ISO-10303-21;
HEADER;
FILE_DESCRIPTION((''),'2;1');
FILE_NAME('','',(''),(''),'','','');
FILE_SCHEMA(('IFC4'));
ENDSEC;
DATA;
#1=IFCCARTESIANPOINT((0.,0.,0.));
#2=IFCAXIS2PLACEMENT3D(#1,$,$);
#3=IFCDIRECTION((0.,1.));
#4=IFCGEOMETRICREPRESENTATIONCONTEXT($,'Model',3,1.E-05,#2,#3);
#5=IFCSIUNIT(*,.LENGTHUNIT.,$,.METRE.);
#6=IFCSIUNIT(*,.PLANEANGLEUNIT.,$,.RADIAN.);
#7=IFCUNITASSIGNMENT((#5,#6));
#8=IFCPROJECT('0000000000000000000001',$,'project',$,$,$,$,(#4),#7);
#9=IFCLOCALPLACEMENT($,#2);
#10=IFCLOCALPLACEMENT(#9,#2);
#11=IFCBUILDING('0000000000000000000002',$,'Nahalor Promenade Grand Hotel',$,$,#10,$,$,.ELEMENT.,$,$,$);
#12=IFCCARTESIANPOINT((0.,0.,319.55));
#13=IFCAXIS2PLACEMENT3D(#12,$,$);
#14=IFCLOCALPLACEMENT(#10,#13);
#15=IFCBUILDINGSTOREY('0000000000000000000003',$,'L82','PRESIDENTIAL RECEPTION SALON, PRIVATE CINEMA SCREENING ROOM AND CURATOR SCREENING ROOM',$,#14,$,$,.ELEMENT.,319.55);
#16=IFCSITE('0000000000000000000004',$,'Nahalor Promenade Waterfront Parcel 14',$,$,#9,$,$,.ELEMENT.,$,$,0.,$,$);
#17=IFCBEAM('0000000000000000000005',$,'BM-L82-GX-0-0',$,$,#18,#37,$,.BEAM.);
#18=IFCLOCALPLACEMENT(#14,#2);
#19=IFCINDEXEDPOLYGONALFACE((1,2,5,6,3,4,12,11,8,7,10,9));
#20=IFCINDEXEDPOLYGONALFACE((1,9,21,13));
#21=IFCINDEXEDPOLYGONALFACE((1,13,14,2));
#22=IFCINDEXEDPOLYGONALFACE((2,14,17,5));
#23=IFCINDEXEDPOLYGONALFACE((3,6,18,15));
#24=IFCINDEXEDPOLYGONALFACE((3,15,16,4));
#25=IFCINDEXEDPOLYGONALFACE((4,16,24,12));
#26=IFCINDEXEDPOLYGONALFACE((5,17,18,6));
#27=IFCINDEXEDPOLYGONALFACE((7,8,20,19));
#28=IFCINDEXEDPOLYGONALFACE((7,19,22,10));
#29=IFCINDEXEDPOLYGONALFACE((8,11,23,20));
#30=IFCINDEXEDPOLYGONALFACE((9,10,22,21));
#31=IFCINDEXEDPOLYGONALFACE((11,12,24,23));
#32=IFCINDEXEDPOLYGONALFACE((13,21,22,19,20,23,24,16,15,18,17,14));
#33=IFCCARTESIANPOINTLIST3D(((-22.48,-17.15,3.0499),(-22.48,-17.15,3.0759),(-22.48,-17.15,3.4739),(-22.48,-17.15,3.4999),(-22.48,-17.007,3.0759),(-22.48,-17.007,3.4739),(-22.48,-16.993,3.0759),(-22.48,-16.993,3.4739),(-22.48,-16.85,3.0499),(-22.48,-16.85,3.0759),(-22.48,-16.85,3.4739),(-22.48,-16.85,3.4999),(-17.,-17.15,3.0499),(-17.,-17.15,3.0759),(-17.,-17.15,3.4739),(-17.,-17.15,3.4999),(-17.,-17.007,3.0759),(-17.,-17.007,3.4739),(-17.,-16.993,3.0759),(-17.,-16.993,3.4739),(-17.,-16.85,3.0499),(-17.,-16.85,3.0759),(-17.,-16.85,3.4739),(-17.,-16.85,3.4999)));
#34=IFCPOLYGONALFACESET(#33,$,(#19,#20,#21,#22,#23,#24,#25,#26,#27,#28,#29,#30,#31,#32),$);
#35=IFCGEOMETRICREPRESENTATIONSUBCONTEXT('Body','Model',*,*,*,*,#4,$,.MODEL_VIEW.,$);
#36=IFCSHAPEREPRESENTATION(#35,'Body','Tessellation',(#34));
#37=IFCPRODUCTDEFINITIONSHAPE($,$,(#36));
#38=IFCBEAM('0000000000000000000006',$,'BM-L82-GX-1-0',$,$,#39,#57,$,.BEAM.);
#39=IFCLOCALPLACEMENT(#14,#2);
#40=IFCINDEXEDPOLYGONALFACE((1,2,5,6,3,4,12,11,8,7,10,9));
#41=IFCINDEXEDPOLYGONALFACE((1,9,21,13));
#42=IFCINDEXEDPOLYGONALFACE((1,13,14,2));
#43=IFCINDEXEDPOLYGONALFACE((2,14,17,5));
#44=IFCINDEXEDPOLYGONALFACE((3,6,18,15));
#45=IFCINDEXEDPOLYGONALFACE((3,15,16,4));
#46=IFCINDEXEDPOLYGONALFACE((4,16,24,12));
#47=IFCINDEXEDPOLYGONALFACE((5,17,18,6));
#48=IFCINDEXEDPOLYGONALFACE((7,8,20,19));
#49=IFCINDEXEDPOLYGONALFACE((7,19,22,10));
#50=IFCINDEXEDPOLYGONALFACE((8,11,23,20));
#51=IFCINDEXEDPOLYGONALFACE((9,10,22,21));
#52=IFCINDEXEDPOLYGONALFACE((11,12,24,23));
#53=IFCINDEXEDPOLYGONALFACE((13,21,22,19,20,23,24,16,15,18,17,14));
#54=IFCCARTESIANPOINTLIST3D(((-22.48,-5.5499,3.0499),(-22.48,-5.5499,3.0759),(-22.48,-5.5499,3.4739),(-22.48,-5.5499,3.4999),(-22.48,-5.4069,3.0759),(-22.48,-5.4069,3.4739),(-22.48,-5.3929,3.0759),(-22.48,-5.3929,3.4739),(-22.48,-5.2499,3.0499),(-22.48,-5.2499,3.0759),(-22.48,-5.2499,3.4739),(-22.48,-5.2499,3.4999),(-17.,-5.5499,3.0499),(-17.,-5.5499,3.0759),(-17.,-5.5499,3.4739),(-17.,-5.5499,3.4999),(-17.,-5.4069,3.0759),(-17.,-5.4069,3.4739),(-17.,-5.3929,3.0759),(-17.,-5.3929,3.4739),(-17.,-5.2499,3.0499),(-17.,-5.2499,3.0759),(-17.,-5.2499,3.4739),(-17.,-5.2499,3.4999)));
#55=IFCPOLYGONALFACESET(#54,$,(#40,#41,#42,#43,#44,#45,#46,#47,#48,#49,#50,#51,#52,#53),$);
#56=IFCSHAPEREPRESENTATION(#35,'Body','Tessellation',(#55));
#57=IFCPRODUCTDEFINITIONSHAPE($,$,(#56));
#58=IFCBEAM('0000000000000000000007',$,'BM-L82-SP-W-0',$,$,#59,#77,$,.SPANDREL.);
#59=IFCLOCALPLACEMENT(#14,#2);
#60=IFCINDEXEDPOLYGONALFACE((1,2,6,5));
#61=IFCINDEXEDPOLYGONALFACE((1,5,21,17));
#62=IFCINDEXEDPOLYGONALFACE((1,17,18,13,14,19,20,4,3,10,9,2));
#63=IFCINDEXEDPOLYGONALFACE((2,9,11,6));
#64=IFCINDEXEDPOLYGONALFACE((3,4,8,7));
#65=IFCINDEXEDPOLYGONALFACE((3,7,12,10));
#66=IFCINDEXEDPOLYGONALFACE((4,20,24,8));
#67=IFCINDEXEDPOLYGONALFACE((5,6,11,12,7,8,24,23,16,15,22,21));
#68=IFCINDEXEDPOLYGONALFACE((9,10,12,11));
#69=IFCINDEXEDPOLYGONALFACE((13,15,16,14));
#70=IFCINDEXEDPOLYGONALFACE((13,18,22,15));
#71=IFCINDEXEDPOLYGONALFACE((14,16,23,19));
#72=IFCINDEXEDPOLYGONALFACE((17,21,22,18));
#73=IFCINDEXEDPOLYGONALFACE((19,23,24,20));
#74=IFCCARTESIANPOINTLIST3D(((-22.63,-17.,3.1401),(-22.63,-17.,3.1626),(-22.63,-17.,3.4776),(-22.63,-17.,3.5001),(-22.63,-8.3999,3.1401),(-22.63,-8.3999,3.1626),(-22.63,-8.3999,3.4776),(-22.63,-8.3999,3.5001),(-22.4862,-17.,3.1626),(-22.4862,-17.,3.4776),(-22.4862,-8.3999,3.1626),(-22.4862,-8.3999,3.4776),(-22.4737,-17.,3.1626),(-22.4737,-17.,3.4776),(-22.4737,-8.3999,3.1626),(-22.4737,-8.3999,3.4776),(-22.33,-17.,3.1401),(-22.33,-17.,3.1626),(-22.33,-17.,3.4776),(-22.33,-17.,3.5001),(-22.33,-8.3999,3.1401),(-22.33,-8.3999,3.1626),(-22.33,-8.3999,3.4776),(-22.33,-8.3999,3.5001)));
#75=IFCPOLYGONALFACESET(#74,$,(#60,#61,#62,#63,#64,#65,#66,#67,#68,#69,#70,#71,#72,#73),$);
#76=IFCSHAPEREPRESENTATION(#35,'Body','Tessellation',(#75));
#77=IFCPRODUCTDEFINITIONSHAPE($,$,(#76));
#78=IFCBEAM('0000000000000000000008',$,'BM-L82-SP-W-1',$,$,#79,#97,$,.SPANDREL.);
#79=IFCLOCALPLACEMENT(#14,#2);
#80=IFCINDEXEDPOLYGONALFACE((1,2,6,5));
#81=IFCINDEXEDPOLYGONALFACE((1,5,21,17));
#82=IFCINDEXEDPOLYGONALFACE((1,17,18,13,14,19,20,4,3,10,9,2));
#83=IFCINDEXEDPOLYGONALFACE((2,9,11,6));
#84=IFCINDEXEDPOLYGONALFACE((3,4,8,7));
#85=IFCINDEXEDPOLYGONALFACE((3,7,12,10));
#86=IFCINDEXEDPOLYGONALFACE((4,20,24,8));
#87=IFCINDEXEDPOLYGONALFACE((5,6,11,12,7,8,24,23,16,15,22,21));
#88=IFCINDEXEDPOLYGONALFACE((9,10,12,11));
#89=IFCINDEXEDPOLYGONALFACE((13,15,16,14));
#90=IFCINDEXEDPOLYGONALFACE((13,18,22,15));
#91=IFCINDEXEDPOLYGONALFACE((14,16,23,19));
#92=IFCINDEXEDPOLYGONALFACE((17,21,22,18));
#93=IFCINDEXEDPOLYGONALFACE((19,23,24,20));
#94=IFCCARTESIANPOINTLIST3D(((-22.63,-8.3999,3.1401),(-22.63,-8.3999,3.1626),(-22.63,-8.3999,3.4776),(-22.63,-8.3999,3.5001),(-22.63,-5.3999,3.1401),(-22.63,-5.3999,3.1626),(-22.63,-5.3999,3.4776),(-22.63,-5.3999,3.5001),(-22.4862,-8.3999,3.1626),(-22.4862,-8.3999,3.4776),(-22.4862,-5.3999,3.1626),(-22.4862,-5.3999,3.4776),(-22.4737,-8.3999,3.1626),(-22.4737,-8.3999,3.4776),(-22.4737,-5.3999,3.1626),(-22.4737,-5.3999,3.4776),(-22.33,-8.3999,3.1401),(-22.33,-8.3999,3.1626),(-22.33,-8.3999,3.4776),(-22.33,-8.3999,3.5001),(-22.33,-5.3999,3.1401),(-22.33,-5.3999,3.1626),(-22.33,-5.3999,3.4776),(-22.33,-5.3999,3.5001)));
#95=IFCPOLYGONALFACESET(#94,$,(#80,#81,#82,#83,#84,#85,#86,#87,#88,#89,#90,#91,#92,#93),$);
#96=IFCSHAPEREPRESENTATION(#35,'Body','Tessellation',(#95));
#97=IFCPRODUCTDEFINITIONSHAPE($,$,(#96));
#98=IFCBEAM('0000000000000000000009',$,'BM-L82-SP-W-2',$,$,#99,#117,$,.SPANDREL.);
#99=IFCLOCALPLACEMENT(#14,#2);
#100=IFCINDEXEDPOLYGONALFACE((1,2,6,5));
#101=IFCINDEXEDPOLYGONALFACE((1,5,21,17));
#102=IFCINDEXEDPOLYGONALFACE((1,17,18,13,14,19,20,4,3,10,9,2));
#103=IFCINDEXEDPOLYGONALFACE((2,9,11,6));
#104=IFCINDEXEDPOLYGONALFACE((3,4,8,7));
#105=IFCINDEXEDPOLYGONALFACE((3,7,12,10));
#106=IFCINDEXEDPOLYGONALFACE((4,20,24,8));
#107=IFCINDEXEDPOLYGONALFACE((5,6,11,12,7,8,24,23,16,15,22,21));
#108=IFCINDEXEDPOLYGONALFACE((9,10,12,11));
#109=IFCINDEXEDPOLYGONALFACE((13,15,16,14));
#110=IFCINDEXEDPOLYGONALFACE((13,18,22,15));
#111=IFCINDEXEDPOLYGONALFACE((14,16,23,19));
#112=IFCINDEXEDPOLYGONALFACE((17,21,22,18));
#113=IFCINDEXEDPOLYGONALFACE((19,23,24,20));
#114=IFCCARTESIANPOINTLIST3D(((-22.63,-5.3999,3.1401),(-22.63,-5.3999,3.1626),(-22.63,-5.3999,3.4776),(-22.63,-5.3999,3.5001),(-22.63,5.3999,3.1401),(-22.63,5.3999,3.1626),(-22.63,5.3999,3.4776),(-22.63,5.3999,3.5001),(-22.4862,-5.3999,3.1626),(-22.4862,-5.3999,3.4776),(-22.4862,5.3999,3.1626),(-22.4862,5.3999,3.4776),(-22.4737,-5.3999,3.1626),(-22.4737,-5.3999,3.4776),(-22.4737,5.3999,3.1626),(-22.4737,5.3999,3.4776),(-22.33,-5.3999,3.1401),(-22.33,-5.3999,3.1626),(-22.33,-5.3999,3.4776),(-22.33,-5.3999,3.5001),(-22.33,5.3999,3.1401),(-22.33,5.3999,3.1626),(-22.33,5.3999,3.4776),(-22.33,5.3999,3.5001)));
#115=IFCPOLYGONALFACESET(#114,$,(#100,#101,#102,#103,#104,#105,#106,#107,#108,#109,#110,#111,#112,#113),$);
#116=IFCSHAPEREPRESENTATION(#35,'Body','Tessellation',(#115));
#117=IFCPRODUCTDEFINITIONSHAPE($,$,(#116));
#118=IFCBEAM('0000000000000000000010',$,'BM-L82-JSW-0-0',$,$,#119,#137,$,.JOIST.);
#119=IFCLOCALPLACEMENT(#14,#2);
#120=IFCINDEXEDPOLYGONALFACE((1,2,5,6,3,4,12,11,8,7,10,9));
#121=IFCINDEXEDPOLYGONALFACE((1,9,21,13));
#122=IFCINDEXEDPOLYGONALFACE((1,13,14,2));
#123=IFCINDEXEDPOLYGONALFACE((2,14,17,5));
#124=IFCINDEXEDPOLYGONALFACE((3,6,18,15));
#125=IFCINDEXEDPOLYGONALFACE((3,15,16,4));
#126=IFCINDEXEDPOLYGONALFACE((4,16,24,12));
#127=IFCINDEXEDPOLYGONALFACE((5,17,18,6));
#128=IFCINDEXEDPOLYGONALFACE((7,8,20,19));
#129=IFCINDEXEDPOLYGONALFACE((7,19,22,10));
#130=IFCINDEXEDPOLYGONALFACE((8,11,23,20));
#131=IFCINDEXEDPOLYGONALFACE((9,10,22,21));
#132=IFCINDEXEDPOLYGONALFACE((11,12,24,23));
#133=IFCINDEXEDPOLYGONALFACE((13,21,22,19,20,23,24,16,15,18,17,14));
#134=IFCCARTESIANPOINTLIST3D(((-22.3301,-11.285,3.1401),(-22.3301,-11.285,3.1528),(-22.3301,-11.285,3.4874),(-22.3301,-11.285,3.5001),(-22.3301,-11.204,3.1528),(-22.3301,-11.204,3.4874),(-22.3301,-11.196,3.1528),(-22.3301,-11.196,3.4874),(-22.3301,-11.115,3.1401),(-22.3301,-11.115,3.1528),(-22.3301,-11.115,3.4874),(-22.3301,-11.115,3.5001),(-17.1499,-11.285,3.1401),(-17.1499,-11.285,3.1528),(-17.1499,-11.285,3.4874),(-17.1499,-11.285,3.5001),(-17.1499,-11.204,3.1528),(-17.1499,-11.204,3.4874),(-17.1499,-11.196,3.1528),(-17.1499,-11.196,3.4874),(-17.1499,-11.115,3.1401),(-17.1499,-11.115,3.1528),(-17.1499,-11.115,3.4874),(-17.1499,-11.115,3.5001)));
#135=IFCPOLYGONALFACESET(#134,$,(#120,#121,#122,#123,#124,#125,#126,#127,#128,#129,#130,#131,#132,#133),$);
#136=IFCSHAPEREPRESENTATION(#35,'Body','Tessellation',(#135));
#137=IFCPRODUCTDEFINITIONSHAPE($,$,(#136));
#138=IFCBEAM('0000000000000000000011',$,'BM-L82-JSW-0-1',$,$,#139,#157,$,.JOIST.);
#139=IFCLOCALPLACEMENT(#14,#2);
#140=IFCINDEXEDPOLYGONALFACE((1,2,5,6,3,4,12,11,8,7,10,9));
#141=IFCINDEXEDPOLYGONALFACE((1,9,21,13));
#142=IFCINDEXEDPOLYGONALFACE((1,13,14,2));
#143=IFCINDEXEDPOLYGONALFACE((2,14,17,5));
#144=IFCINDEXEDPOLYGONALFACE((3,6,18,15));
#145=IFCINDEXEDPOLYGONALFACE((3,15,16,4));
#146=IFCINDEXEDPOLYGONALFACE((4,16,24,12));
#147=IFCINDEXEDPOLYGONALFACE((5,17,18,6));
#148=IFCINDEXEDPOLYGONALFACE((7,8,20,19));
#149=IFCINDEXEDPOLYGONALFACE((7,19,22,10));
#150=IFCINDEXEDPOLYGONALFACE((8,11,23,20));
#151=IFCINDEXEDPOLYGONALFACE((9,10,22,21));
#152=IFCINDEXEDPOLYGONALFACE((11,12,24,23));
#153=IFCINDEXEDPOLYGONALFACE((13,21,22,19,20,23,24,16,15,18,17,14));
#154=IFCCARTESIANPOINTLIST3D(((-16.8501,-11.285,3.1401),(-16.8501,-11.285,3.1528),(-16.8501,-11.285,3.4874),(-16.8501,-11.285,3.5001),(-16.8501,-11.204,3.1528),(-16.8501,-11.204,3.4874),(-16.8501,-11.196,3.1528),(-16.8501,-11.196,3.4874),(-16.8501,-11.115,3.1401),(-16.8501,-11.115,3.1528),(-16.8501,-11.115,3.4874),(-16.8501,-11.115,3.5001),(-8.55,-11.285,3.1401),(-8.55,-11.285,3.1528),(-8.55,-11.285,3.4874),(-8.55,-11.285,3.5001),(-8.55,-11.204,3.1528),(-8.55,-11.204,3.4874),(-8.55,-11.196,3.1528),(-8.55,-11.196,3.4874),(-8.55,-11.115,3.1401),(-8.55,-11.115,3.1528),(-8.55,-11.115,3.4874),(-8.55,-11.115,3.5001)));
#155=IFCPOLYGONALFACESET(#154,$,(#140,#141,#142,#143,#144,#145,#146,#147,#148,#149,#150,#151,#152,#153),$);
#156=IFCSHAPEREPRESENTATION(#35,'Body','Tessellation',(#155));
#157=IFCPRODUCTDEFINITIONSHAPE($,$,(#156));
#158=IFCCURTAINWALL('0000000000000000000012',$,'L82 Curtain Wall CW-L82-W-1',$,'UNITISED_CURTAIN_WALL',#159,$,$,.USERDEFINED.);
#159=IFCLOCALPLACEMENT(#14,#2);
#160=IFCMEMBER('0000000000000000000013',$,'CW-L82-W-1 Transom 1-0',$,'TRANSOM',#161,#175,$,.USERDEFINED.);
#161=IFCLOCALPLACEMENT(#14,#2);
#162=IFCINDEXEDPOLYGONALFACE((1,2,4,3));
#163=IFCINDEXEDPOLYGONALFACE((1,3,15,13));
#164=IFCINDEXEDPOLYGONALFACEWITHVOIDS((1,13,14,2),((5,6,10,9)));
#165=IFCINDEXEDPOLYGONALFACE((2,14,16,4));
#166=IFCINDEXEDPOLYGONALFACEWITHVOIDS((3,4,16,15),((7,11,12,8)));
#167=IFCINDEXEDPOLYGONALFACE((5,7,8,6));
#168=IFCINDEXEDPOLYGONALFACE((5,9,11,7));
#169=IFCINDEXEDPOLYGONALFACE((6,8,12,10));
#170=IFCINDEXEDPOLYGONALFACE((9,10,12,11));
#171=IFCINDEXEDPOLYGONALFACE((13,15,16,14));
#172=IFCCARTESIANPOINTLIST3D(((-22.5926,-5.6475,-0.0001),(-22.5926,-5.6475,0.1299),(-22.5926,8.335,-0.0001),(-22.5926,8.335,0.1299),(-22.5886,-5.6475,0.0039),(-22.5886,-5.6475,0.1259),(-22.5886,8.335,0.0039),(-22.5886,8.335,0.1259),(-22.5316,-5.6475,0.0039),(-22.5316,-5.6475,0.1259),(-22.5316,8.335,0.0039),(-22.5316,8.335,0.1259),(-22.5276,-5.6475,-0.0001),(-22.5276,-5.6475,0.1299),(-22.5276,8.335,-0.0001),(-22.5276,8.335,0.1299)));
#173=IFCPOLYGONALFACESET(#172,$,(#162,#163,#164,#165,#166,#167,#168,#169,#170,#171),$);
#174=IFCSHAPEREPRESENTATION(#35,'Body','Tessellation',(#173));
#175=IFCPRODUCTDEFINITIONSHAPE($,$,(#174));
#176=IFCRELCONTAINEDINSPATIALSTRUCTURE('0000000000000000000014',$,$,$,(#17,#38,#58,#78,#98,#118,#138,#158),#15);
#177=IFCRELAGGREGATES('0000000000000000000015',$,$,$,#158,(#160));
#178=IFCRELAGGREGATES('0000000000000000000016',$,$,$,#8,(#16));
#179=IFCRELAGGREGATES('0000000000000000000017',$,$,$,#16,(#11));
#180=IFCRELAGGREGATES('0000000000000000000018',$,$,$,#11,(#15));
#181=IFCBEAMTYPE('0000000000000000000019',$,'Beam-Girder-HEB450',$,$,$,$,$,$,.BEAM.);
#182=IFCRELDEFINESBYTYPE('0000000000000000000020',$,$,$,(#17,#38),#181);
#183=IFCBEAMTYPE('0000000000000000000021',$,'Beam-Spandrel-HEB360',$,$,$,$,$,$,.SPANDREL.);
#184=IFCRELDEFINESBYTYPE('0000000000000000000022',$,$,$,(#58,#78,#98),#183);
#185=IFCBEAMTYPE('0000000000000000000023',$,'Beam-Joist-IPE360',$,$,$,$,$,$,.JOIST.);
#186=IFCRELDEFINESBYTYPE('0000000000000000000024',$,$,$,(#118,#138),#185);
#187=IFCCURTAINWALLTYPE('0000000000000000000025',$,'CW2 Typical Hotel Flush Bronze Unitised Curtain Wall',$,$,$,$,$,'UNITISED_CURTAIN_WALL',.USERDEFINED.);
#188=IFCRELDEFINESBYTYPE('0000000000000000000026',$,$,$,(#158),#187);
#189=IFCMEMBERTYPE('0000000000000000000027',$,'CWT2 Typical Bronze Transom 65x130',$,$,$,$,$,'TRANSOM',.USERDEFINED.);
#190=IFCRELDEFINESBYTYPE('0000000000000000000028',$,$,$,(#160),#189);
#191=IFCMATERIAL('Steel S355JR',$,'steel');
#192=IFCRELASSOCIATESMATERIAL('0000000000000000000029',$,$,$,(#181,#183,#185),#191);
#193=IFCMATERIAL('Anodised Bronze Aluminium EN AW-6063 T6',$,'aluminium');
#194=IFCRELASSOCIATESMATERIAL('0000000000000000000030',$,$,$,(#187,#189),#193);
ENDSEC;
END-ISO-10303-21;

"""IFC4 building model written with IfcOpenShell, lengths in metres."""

from ifc_helpers import new_model, si_unit, direction, frame, origin, origin_2d, place, context, subcontext, project, spatial, hollow_rectangle, i_section, extrude, source, transform, mapped, material, material_profile, profile_set, type_object, element, aggregate, save


model = new_model("IFC4")

# Units and contexts
model_context = context("Model", 3, precision=1e-05, world=origin(), true_north=direction((0.0, 1.0)))
body_context = subcontext(model_context, "Body", "Model", "MODEL_VIEW")
ifc_project = project(units=[si_unit("LENGTHUNIT", "METRE"), si_unit("PLANEANGLEUNIT", "RADIAN")], contexts=[model_context])

# Site, building, storey
site_placement = place(None, origin())
site = spatial("IfcSite", under=ifc_project, at=site_placement, Name="Nahalor Promenade Waterfront Parcel 14", CompositionType="ELEMENT", RefElevation=0.0)
building_placement = place(site_placement, origin())
building = spatial("IfcBuilding", under=site, at=building_placement, Name="Nahalor Promenade Grand Hotel", CompositionType="ELEMENT")
storey_placement = place(building_placement, frame((0.0, 0.0, 319.55)))
storey = spatial("IfcBuildingStorey", under=building, at=storey_placement, Name="L82", Description="PRESIDENTIAL RECEPTION SALON, PRIVATE CINEMA SCREENING ROOM AND CURATOR SCREENING ROOM", CompositionType="ELEMENT", Elevation=319.55)

# Shared definitions
ifc_material_1 = material(Name="Steel S355JR", Category="steel")

# Beams
ifc_material_profile_1 = material_profile(ifc_material_1, i_section(OverallWidth=0.3, OverallDepth=0.45, WebThickness=0.014, FlangeThickness=0.026, at=origin_2d()), Name="HEB 450")
ifc_profile_set_1 = profile_set([ifc_material_profile_1], Name="Steel S355JR")
beam_type_1 = type_object("IfcBeamType", Name="Beam-Girder-HEB450", PredefinedType="BEAM", material=ifc_profile_set_1)
shared_shape_1 = source(origin(), body_context, "Body", "SweptSolid", [
    extrude(i_section(OverallWidth=0.3, OverallDepth=0.45, WebThickness=0.014, FlangeThickness=0.026, at=origin_2d()), origin(), (0.0, 0.0, 1.0), 5.48),
])
for number, where, z_axis, x_axis, name in (
    (1, (-22.48, -17.0, 3.2749), (1.0, 0.0, 0.0), (0.0, 1.0, 0.0), "BM-L82-GX-0-0"),
    (2, (-22.48, -5.3999, 3.2749), (1.0, 0.0, 0.0), (0.0, 1.0, 0.0), "BM-L82-GX-1-0"),
):
    element("IfcBeam", number, at=place(storey_placement, frame(where, z_axis=z_axis, x_axis=x_axis)), inside=storey, type_object=beam_type_1, Name=name, PredefinedType="BEAM", context=body_context, shape_type="MappedRepresentation", body=[
        mapped(shared_shape_1, transform((0.0, 0.0, 0.0), scale=1.0)),
    ])
ifc_material_profile_2 = material_profile(ifc_material_1, i_section(OverallWidth=0.3, OverallDepth=0.36, WebThickness=0.0125, FlangeThickness=0.0225, at=origin_2d()), Name="HEB 360")
ifc_profile_set_2 = profile_set([ifc_material_profile_2], Name="Steel S355JR")
beam_type_2 = type_object("IfcBeamType", Name="Beam-Spandrel-HEB360", PredefinedType="SPANDREL", material=ifc_profile_set_2)
shared_shape_2 = source(origin(), body_context, "Body", "SweptSolid", [
    extrude(i_section(OverallWidth=0.3, OverallDepth=0.36, WebThickness=0.0125, FlangeThickness=0.0225, at=origin_2d()), origin(), (0.0, 0.0, 1.0), 8.6001),
])
beam_1_placement = place(storey_placement, frame((-22.48, -17.0, 3.3201), z_axis=(0.0, 1.0, 0.0), x_axis=(-1.0, 0.0, 0.0)))
element("IfcBeam", 3, at=beam_1_placement, inside=storey, type_object=beam_type_2, Name="BM-L82-SP-W-0", PredefinedType="SPANDREL", context=body_context, shape_type="MappedRepresentation", body=[
    mapped(shared_shape_2, transform((0.0, 0.0, 0.0), scale=1.0)),
])
shared_shape_3 = source(origin(), body_context, "Body", "SweptSolid", [
    extrude(i_section(OverallWidth=0.3, OverallDepth=0.36, WebThickness=0.0125, FlangeThickness=0.0225, at=origin_2d()), origin(), (0.0, 0.0, 1.0), 3.0),
])
beam_2_placement = place(storey_placement, frame((-22.48, -8.3999, 3.3201), z_axis=(0.0, 1.0, 0.0), x_axis=(-1.0, 0.0, 0.0)))
element("IfcBeam", 4, at=beam_2_placement, inside=storey, type_object=beam_type_2, Name="BM-L82-SP-W-1", PredefinedType="SPANDREL", context=body_context, shape_type="MappedRepresentation", body=[
    mapped(shared_shape_3, transform((0.0, 0.0, 0.0), scale=1.0)),
])
shared_shape_4 = source(origin(), body_context, "Body", "SweptSolid", [
    extrude(i_section(OverallWidth=0.3, OverallDepth=0.36, WebThickness=0.0125, FlangeThickness=0.0225, at=origin_2d()), origin(), (0.0, 0.0, 1.0), 10.7998),
])
beam_3_placement = place(storey_placement, frame((-22.48, -5.3999, 3.3201), z_axis=(0.0, 1.0, 0.0), x_axis=(-1.0, 0.0, 0.0)))
element("IfcBeam", 5, at=beam_3_placement, inside=storey, type_object=beam_type_2, Name="BM-L82-SP-W-2", PredefinedType="SPANDREL", context=body_context, shape_type="MappedRepresentation", body=[
    mapped(shared_shape_4, transform((0.0, 0.0, 0.0), scale=1.0)),
])
ifc_material_profile_3 = material_profile(ifc_material_1, i_section(OverallWidth=0.17, OverallDepth=0.36, WebThickness=0.008, FlangeThickness=0.0127, at=origin_2d()), Name="IPE 360")
ifc_profile_set_3 = profile_set([ifc_material_profile_3], Name="Steel S355JR")
beam_type_3 = type_object("IfcBeamType", Name="Beam-Joist-IPE360", PredefinedType="JOIST", material=ifc_profile_set_3)
shared_shape_5 = source(origin(), body_context, "Body", "SweptSolid", [
    extrude(i_section(OverallWidth=0.17, OverallDepth=0.36, WebThickness=0.008, FlangeThickness=0.0127, at=origin_2d()), origin(), (0.0, 0.0, 1.0), 5.1802),
])
beam_4_placement = place(storey_placement, frame((-22.3301, -11.2, 3.3201), z_axis=(1.0, 0.0, 0.0), x_axis=(0.0, 1.0, 0.0)))
element("IfcBeam", 6, at=beam_4_placement, inside=storey, type_object=beam_type_3, Name="BM-L82-JSW-0-0", PredefinedType="JOIST", context=body_context, shape_type="MappedRepresentation", body=[
    mapped(shared_shape_5, transform((0.0, 0.0, 0.0), scale=1.0)),
])
shared_shape_6 = source(origin(), body_context, "Body", "SweptSolid", [
    extrude(i_section(OverallWidth=0.17, OverallDepth=0.36, WebThickness=0.008, FlangeThickness=0.0127, at=origin_2d()), origin(), (0.0, 0.0, 1.0), 8.3),
])
beam_5_placement = place(storey_placement, frame((-16.8501, -11.2, 3.3201), z_axis=(1.0, 0.0, 0.0), x_axis=(0.0, 1.0, 0.0)))
element("IfcBeam", 7, at=beam_5_placement, inside=storey, type_object=beam_type_3, Name="BM-L82-JSW-0-1", PredefinedType="JOIST", context=body_context, shape_type="MappedRepresentation", body=[
    mapped(shared_shape_6, transform((0.0, 0.0, 0.0), scale=1.0)),
])

# Curtain wall, member
ifc_material_2 = material(Name="Anodised Bronze Aluminium EN AW-6063 T6", Category="aluminium")
curtain_wall_type = type_object("IfcCurtainWallType", Name="CW2 Typical Hotel Flush Bronze Unitised Curtain Wall", ElementType="UNITISED_CURTAIN_WALL", PredefinedType="USERDEFINED", material=ifc_material_2)
curtain_wall_placement = place(storey_placement, origin())
curtain_wall = element("IfcCurtainWall", 8, at=curtain_wall_placement, inside=storey, type_object=curtain_wall_type, Name="L82 Curtain Wall CW-L82-W-1", ObjectType="UNITISED_CURTAIN_WALL", PredefinedType="USERDEFINED")
ifc_material_profile_4 = material_profile(ifc_material_2, hollow_rectangle(XDim=0.065, YDim=0.13, WallThickness=0.004, at=origin_2d()), Name="CWT 65x130x4")
ifc_profile_set_4 = profile_set([ifc_material_profile_4], Name="Anodised Bronze Aluminium EN AW-6063 T6")
member_type_1 = type_object("IfcMemberType", Name="CWT2 Typical Bronze Transom 65x130", ElementType="TRANSOM", PredefinedType="USERDEFINED", material=ifc_profile_set_4)
shared_shape_7 = source(origin(), body_context, "Body", "SweptSolid", [
    extrude(hollow_rectangle(XDim=0.065, YDim=0.13, WallThickness=0.004, at=origin_2d()), origin(), (0.0, 0.0, 1.0), 13.9824),
])
member_1_placement = place(storey_placement, frame((-22.5601, -5.6475, 0.0649), z_axis=(0.0, 1.0, 0.0), x_axis=(-1.0, 0.0, 0.0)))
member_1 = element("IfcMember", 9, at=member_1_placement, type_object=member_type_1, Name="CW-L82-W-1 Transom 1-0", ObjectType="TRANSOM", PredefinedType="USERDEFINED", context=body_context, shape_type="MappedRepresentation", body=[
    mapped(shared_shape_7, transform((0.0, 0.0, 0.0), scale=1.0)),
])
aggregate(curtain_wall, [member_1])

save(model, "model.ifc")
